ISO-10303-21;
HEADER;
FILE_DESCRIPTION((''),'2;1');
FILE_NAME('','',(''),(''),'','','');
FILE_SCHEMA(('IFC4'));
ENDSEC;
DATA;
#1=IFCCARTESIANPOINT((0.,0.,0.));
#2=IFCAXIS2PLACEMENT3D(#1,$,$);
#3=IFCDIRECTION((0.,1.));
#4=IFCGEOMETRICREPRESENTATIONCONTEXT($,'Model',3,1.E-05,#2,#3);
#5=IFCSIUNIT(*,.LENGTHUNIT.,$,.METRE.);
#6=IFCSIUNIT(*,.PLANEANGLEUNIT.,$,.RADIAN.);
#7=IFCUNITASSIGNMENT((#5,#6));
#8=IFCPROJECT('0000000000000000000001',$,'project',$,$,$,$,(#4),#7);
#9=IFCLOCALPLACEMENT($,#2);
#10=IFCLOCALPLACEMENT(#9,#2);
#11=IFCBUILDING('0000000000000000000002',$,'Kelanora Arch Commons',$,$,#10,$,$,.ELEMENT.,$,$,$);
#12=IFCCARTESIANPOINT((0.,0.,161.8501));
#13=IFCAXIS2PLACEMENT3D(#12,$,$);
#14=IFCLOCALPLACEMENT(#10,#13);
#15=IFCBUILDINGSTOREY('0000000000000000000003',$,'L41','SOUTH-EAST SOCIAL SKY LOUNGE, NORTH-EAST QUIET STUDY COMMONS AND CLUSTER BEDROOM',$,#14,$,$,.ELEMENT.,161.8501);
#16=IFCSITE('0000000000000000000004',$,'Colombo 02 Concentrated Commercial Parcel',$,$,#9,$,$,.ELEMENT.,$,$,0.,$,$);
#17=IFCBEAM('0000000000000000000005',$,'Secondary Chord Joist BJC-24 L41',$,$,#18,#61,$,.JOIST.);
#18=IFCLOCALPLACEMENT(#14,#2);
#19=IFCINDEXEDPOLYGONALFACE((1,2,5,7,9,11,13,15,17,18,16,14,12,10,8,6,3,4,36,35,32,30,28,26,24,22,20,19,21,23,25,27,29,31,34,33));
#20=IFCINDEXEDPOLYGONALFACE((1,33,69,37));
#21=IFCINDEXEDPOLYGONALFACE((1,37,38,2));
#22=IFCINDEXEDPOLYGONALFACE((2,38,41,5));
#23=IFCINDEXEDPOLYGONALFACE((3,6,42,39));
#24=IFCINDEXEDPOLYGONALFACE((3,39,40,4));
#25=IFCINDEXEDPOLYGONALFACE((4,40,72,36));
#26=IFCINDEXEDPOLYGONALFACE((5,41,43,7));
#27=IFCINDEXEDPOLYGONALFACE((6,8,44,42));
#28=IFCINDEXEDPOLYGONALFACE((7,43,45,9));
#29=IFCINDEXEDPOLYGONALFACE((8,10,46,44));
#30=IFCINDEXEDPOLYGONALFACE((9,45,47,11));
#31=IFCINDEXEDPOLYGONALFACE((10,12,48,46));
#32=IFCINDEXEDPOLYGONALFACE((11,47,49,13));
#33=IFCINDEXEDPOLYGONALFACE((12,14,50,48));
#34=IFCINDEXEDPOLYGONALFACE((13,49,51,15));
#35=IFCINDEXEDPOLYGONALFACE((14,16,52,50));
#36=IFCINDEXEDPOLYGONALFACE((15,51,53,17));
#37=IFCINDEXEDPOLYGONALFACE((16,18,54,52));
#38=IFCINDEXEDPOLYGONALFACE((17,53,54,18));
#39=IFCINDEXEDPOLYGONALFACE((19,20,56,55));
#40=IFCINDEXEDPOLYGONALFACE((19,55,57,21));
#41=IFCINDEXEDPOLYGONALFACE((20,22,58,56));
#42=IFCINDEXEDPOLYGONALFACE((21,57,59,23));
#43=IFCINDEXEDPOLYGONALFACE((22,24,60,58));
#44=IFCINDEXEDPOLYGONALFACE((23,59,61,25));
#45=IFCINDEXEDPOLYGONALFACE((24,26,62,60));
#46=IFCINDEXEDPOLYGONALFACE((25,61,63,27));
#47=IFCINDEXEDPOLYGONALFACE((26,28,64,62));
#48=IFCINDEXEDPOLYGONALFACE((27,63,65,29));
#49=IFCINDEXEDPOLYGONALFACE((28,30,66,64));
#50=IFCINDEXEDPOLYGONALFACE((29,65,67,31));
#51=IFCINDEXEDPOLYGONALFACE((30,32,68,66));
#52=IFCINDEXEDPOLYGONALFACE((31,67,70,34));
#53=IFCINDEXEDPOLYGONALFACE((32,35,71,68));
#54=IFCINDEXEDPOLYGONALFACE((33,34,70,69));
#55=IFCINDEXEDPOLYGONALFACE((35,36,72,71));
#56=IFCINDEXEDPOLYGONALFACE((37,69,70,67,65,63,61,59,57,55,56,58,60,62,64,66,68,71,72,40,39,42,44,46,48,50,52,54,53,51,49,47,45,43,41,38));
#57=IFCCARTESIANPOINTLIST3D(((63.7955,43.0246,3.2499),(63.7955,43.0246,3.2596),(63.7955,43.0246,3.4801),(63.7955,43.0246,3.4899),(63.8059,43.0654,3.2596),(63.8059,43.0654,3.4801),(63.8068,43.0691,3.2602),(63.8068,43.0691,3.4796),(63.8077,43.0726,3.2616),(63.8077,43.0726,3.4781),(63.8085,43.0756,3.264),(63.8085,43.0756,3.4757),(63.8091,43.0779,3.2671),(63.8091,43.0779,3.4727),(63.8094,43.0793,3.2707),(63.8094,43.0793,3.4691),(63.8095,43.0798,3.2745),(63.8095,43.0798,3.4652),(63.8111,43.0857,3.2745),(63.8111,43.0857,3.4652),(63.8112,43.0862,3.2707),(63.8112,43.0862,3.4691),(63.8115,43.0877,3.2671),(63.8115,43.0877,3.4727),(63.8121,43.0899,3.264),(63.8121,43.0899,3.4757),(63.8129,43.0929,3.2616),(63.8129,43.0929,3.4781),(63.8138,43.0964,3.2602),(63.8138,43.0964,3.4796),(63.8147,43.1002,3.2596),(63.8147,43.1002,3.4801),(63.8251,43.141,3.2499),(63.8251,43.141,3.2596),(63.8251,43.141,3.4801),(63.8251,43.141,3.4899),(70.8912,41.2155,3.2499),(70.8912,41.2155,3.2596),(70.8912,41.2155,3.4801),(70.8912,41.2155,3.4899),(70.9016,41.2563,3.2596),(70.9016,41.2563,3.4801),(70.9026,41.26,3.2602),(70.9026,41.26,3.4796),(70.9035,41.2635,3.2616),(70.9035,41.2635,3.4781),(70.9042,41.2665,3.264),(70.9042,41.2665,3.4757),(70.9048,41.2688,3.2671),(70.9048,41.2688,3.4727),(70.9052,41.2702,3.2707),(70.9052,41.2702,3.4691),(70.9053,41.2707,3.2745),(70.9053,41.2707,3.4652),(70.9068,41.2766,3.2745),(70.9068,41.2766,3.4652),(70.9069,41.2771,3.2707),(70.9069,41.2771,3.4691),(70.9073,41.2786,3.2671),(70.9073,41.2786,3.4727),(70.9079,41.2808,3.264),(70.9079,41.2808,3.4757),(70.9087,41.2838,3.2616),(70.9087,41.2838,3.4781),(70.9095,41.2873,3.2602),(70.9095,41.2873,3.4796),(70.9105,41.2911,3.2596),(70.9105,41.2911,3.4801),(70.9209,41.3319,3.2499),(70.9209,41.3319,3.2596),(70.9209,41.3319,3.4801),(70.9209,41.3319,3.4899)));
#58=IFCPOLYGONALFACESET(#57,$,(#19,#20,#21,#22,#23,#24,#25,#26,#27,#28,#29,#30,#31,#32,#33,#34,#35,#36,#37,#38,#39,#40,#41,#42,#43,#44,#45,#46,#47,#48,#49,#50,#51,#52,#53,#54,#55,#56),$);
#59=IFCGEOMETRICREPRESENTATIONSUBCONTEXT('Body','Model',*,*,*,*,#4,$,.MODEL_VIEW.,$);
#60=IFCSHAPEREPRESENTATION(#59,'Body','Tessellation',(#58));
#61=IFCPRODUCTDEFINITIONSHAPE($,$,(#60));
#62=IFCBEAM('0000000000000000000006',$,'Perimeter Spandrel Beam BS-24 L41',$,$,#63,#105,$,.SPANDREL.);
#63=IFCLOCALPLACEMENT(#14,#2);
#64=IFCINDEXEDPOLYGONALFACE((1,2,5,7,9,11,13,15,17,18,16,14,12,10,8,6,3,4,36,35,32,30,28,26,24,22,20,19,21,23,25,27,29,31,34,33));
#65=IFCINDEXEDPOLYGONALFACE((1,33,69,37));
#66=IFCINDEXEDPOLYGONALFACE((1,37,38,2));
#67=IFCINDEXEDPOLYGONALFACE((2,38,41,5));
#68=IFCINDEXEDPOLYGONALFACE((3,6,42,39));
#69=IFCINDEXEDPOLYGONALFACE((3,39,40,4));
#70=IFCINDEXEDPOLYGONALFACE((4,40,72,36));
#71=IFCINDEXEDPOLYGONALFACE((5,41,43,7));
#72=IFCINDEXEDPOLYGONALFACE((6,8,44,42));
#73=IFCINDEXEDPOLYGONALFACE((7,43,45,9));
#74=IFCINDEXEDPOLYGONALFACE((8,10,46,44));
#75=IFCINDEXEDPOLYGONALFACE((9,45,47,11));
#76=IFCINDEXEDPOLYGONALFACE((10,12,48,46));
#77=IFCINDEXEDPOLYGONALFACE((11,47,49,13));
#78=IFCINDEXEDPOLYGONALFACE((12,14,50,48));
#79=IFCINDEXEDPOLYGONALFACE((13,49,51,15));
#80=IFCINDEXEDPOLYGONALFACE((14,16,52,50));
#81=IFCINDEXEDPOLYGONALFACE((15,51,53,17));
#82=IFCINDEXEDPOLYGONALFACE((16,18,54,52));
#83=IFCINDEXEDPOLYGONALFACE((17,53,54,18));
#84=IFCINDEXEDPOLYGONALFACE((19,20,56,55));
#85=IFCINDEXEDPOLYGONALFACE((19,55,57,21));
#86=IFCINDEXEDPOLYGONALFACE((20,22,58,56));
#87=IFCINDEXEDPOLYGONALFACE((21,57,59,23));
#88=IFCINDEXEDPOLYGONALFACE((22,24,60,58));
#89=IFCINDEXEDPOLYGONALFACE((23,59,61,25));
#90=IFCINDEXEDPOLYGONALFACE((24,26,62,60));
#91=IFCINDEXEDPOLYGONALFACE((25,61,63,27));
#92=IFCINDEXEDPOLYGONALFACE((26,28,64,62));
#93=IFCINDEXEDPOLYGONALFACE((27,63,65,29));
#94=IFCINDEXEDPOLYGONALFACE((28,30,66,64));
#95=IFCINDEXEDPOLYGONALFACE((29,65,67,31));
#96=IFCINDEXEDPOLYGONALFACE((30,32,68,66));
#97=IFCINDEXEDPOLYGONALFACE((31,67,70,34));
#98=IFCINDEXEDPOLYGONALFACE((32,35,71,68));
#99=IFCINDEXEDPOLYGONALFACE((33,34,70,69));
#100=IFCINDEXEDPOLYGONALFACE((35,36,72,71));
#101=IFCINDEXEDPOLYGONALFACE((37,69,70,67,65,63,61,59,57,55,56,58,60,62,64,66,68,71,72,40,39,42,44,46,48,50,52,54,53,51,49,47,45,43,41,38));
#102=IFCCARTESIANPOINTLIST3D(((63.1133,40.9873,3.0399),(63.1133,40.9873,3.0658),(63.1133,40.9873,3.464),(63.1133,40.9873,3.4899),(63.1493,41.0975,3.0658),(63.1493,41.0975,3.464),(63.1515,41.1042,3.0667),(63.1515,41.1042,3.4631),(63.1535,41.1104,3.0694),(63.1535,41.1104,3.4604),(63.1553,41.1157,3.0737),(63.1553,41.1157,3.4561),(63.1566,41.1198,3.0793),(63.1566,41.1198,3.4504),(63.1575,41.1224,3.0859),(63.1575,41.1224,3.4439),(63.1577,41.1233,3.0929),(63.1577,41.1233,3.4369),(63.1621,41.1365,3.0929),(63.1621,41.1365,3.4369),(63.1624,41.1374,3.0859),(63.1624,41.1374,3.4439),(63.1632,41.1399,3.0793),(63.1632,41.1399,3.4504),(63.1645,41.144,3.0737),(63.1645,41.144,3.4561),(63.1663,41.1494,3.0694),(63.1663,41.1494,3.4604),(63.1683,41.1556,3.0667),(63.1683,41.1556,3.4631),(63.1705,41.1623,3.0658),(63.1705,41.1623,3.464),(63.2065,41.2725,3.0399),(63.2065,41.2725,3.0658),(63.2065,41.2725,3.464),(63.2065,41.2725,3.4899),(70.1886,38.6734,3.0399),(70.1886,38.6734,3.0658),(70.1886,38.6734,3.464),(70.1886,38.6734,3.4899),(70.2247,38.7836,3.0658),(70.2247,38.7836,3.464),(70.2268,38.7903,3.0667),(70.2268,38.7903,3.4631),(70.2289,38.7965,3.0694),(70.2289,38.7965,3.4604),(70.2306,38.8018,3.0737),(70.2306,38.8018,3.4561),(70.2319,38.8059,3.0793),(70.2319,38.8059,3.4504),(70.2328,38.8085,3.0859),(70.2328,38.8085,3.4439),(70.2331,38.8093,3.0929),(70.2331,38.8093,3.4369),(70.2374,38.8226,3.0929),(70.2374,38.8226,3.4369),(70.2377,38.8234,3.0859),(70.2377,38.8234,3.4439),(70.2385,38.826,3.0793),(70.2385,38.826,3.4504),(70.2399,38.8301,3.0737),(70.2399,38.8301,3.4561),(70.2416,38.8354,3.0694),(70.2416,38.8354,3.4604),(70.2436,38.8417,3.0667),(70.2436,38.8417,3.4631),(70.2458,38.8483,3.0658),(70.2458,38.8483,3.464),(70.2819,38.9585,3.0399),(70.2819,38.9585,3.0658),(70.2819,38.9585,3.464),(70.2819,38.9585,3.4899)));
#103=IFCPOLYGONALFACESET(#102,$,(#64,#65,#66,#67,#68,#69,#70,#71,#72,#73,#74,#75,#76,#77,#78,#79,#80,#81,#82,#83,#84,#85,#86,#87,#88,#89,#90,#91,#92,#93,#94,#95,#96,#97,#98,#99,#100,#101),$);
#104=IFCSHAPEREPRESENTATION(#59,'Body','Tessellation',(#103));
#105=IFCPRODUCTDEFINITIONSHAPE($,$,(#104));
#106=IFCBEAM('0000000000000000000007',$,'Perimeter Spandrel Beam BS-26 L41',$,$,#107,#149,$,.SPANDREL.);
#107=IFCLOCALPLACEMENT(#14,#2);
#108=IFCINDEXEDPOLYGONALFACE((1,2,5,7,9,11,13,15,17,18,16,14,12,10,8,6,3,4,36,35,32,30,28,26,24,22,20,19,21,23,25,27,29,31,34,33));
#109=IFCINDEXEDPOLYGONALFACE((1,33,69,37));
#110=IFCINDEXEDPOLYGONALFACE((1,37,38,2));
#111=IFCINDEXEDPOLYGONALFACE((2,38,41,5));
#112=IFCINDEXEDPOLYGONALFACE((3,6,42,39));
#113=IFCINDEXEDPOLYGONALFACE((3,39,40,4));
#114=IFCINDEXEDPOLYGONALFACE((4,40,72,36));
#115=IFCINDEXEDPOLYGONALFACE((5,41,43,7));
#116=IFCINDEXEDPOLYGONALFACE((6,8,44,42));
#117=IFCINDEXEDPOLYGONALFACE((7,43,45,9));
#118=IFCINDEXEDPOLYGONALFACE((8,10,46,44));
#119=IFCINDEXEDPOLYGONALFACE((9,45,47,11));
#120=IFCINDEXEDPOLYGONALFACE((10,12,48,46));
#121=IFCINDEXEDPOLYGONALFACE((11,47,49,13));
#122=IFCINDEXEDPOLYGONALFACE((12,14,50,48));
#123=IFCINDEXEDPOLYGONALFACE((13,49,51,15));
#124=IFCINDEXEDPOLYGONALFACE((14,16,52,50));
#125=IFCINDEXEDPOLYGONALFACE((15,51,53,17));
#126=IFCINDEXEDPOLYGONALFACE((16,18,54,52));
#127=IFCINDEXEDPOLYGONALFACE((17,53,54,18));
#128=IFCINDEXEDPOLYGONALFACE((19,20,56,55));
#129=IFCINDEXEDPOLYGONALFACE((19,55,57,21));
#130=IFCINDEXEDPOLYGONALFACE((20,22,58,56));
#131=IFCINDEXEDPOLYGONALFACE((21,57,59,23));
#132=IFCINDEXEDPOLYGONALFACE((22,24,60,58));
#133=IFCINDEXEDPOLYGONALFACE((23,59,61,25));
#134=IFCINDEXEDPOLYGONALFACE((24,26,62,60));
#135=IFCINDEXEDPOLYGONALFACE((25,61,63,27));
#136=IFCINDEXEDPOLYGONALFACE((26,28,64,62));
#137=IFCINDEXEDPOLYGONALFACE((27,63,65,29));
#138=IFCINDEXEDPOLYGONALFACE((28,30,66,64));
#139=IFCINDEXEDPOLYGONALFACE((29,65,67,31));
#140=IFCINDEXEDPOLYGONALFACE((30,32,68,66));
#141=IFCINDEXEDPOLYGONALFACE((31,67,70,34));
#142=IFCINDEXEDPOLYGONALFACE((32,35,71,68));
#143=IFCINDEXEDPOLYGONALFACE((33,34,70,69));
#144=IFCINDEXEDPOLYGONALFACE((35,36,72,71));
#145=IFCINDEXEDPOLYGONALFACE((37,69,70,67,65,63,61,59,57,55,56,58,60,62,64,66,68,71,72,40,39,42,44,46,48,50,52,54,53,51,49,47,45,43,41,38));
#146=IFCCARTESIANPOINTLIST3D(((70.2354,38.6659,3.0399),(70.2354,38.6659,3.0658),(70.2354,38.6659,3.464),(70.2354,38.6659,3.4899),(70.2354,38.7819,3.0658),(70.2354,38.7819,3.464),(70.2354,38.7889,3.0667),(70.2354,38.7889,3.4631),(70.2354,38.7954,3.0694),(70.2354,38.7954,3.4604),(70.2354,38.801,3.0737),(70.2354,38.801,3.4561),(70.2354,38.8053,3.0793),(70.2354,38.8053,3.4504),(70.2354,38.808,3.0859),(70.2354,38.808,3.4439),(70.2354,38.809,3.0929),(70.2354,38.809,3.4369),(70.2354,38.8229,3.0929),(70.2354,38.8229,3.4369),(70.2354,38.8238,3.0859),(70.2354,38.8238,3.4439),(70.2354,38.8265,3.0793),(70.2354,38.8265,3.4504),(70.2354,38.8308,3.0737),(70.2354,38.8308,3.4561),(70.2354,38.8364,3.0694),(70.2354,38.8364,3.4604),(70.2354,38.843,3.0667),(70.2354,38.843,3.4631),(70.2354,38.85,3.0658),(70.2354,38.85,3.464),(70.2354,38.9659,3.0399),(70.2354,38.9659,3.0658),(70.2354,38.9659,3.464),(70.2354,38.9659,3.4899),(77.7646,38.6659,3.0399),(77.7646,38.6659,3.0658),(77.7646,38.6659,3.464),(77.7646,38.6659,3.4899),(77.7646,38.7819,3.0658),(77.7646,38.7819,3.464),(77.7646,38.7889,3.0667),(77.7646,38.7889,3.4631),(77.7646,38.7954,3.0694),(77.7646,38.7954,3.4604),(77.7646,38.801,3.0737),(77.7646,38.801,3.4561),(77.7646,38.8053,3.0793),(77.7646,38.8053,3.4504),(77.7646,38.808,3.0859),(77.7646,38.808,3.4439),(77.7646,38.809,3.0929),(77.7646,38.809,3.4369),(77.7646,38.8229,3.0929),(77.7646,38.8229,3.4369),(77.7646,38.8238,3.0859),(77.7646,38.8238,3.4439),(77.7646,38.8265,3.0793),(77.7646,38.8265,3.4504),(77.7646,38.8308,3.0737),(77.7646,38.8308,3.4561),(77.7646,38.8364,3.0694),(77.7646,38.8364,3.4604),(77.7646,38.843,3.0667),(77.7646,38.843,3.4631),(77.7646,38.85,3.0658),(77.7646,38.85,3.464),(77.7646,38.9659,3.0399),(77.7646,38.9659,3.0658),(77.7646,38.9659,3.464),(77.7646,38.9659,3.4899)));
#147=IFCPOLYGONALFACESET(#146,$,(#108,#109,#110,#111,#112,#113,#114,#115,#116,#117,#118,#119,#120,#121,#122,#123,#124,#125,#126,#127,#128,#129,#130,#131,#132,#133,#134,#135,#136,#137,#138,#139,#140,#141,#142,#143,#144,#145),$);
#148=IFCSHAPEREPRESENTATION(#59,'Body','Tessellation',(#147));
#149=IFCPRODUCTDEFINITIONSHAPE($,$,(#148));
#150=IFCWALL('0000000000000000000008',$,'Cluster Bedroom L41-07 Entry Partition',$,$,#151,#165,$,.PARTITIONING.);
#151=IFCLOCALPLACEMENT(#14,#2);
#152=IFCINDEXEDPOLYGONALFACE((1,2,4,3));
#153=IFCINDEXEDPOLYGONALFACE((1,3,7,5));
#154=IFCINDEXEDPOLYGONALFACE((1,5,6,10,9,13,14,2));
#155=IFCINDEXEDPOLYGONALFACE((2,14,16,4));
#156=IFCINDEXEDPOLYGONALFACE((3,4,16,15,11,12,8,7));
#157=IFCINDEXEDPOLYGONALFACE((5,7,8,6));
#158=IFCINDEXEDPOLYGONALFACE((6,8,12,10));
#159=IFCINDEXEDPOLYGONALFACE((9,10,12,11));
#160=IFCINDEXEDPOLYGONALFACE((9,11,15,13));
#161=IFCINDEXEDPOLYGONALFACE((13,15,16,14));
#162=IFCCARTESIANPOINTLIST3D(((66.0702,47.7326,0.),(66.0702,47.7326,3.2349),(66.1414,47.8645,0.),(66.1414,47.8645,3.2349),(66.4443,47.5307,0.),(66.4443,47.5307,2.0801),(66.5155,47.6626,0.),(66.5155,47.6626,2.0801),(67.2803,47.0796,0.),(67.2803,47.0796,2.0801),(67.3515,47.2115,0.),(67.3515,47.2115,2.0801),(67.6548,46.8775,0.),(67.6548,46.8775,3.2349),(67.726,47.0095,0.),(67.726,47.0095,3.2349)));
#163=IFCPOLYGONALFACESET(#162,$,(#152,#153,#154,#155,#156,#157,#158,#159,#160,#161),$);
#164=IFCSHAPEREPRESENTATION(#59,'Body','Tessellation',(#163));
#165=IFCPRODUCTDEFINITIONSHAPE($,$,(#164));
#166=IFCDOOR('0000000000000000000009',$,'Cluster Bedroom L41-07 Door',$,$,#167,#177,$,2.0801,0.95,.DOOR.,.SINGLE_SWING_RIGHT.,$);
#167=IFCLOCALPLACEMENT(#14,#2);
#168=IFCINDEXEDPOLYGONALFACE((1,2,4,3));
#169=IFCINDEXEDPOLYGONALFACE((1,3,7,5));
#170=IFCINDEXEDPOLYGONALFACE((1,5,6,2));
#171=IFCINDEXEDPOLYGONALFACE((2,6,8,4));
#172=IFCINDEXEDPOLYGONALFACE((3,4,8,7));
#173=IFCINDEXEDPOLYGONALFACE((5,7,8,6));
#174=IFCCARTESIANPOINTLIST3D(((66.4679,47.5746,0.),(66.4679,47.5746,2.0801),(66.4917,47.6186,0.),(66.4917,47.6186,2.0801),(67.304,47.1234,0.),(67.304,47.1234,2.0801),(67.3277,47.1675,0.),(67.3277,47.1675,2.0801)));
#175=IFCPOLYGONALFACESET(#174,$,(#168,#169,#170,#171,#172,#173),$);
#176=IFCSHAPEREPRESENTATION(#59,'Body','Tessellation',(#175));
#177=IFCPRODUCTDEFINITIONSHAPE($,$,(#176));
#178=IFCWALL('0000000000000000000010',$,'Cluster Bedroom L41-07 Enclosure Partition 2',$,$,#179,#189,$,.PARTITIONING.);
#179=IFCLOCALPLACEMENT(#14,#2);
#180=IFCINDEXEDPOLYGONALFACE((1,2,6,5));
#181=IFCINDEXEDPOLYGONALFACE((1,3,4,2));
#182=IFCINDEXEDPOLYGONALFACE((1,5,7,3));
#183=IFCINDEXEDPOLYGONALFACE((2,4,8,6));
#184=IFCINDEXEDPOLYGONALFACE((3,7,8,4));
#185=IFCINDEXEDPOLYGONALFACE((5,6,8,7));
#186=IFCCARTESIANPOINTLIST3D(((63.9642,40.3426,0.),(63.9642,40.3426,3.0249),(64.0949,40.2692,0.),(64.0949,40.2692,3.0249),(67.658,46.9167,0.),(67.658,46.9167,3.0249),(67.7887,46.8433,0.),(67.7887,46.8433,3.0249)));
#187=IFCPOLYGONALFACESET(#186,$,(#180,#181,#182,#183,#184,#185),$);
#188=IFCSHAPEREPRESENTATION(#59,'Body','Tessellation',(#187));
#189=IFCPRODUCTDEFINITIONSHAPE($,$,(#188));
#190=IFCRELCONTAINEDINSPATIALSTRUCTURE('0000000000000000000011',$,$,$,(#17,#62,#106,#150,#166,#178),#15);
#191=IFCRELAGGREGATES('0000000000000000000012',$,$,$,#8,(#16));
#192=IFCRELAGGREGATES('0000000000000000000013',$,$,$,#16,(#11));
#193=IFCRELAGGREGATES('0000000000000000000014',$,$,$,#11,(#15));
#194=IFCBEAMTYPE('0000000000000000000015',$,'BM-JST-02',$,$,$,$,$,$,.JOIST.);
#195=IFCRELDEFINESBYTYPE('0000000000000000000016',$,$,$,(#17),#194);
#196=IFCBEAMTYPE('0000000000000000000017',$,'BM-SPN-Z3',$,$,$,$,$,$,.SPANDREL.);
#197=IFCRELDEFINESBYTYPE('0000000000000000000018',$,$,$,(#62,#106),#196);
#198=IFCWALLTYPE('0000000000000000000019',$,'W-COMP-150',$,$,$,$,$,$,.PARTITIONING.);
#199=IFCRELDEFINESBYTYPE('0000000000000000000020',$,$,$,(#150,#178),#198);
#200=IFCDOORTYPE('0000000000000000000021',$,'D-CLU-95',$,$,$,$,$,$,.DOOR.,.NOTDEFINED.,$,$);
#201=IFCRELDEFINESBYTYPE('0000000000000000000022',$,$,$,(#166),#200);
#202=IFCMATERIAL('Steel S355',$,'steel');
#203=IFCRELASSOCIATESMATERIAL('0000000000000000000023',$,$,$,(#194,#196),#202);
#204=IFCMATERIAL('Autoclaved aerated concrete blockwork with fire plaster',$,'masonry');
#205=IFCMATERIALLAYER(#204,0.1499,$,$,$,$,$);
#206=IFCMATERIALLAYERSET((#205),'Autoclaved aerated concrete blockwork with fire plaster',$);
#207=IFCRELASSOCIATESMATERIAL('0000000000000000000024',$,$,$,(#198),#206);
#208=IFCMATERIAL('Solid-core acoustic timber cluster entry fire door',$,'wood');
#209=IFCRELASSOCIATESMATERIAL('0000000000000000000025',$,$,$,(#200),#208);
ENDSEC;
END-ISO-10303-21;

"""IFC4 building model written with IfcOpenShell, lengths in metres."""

from ifc_helpers import new_model, si_unit, direction, frame, frame_2d, origin, origin_2d, place, context, subcontext, project, spatial, rectangle, i_section, extrude, material, layer, layer_set, material_profile, profile_set, type_object, element, fill, save


model = new_model("IFC4")

# Units and contexts
model_context = context("Model", 3, precision=1e-05, world=origin(), true_north=direction((0.0, 1.0)))
body_context = subcontext(model_context, "Body", "Model", "MODEL_VIEW")
ifc_project = project(units=[si_unit("LENGTHUNIT", "METRE"), si_unit("PLANEANGLEUNIT", "RADIAN")], contexts=[model_context])

# Site, building, storey
site_placement = place(None, origin())
site = spatial("IfcSite", under=ifc_project, at=site_placement, Name="Colombo 02 Concentrated Commercial Parcel", CompositionType="ELEMENT", RefElevation=0.0)
building_placement = place(site_placement, origin())
building = spatial("IfcBuilding", under=site, at=building_placement, Name="Kelanora Arch Commons", CompositionType="ELEMENT")
storey_placement = place(building_placement, frame((0.0, 0.0, 161.8501)))
storey = spatial("IfcBuildingStorey", under=building, at=storey_placement, Name="L41", Description="SOUTH-EAST SOCIAL SKY LOUNGE, NORTH-EAST QUIET STUDY COMMONS AND CLUSTER BEDROOM", CompositionType="ELEMENT", Elevation=161.8501)

# Beams
ifc_material_1 = material(Name="Steel S355", Category="steel")
ifc_material_profile_1 = material_profile(ifc_material_1, i_section(OverallWidth=0.1201, OverallDepth=0.24, WebThickness=0.0061, FlangeThickness=0.0098, FilletRadius=0.0149, at=origin_2d()), Name="IPE240")
ifc_profile_set_1 = profile_set([ifc_material_profile_1], Name="Steel S355")
beam_type_1 = type_object("IfcBeamType", Name="BM-JST-02", PredefinedType="JOIST", material=ifc_profile_set_1)
beam_1_placement = place(storey_placement, frame((63.8103, 43.0828, 3.3699), z_axis=(0.969002, -0.247052, 0.0), x_axis=(0.247052, 0.969002, 0.0)))
element("IfcBeam", 1, at=beam_1_placement, inside=storey, type_object=beam_type_1, Name="Secondary Chord Joist BJC-24 L41", PredefinedType="JOIST", context=body_context, shape_type="SweptSolid", body=[
    extrude(i_section(OverallWidth=0.1201, OverallDepth=0.24, WebThickness=0.0061, FlangeThickness=0.0098, FilletRadius=0.0149, at=origin_2d()), origin(), (0.0, 0.0, 1.0), 7.3228),
])
ifc_material_profile_2 = material_profile(ifc_material_1, i_section(OverallWidth=0.3, OverallDepth=0.45, WebThickness=0.0139, FlangeThickness=0.0259, FilletRadius=0.0271, at=origin_2d()), Name="HEB450")
ifc_profile_set_2 = profile_set([ifc_material_profile_2], Name="Steel S355")
beam_type_2 = type_object("IfcBeamType", Name="BM-SPN-Z3", PredefinedType="SPANDREL", material=ifc_profile_set_2)
beam_2_placement = place(storey_placement, frame((63.1599, 41.1299, 3.2649), z_axis=(0.950462, -0.310841, 0.0), x_axis=(0.310841, 0.950462, 0.0)))
element("IfcBeam", 2, at=beam_2_placement, inside=storey, type_object=beam_type_2, Name="Perimeter Spandrel Beam BS-24 L41", PredefinedType="SPANDREL", context=body_context, shape_type="SweptSolid", body=[
    extrude(i_section(OverallWidth=0.3, OverallDepth=0.45, WebThickness=0.0139, FlangeThickness=0.0259, FilletRadius=0.0271, at=origin_2d()), origin(), (0.0, 0.0, 1.0), 7.4441),
])
beam_3_placement = place(storey_placement, frame((70.2354, 38.8159, 3.2649), z_axis=(1.0, 0.0, 0.0), x_axis=(0.0, 1.0, 0.0)))
element("IfcBeam", 3, at=beam_3_placement, inside=storey, type_object=beam_type_2, Name="Perimeter Spandrel Beam BS-26 L41", PredefinedType="SPANDREL", context=body_context, shape_type="SweptSolid", body=[
    extrude(i_section(OverallWidth=0.3, OverallDepth=0.45, WebThickness=0.0139, FlangeThickness=0.0259, FilletRadius=0.0271, at=origin_2d()), origin(), (0.0, 0.0, 1.0), 7.5293),
])

# Wall, opening, door
ifc_material_2 = material(Name="Autoclaved aerated concrete blockwork with fire plaster", Category="masonry")
ifc_layer_1 = layer(ifc_material_2, 0.1499)
ifc_layer_set_1 = layer_set([ifc_layer_1], Name="Autoclaved aerated concrete blockwork with fire plaster")
wall_type_1 = type_object("IfcWallType", Name="W-COMP-150", PredefinedType="PARTITIONING", material=ifc_layer_set_1)
wall_1_placement = place(storey_placement, frame((66.1057, 47.7986, 0.0), z_axis=(0.0, 0.0, 1.0), x_axis=(0.880053, -0.474876, 0.0)))
wall_1 = element("IfcWall", 4, at=wall_1_placement, inside=storey, type_object=wall_type_1, Name="Cluster Bedroom L41-07 Entry Partition", PredefinedType="PARTITIONING", context=body_context, shape_type="SweptSolid", body=[
    extrude(rectangle(XDim=1.8005, YDim=0.1499, at=frame_2d((0.9004, 0.0))), origin(), (0.0, 0.0, 1.0), 3.2349),
])
opening_1_placement = place(wall_1_placement, frame((0.425, 0.0, 0.0)))
opening_1 = element("IfcOpeningElement", 5, at=opening_1_placement, cuts=wall_1, PredefinedType="OPENING", context=body_context, shape_type="SweptSolid", body=[
    extrude(rectangle(XDim=0.95, YDim=2.0801, at=frame_2d((0.4751, 1.04))), frame((0.0, 0.085, 0.0), z_axis=(0.0, -1.0, 0.0), x_axis=(1.0, 0.0, 0.0)), (0.0, 0.0, 1.0), 0.1699),
])
ifc_material_3 = material(Name="Solid-core acoustic timber cluster entry fire door", Category="wood")
door_type_1 = type_object("IfcDoorType", Name="D-CLU-95", OperationType="NOTDEFINED", PredefinedType="DOOR", material=ifc_material_3)
door_1_placement = place(opening_1_placement, origin())
door_1 = element("IfcDoor", 6, at=door_1_placement, inside=storey, type_object=door_type_1, Name="Cluster Bedroom L41-07 Door", OperationType="SINGLE_SWING_RIGHT", OverallHeight=2.0801, OverallWidth=0.95, PredefinedType="DOOR", context=body_context, shape_type="SweptSolid", body=[
    extrude(rectangle(XDim=0.95, YDim=2.0801, at=frame_2d((0.4751, 1.04))), frame((0.0, 0.0249, 0.0), z_axis=(0.0, -1.0, 0.0), x_axis=(1.0, 0.0, 0.0)), (0.0, 0.0, 1.0), 0.05),
])
fill(opening_1, door_1)

# Wall
wall_2_placement = place(storey_placement, frame((67.7234, 46.8801, 0.0), z_axis=(0.0, 0.0, 1.0), x_axis=(-0.489843, -0.871811, 0.0)))
element("IfcWall", 7, at=wall_2_placement, inside=storey, type_object=wall_type_1, Name="Cluster Bedroom L41-07 Enclosure Partition 2", PredefinedType="PARTITIONING", context=body_context, shape_type="SweptSolid", body=[
    extrude(rectangle(XDim=7.5408, YDim=0.1499, at=frame_2d((3.7705, 0.0))), origin(), (0.0, 0.0, 1.0), 3.0249),
])

save(model, "model.ifc")
